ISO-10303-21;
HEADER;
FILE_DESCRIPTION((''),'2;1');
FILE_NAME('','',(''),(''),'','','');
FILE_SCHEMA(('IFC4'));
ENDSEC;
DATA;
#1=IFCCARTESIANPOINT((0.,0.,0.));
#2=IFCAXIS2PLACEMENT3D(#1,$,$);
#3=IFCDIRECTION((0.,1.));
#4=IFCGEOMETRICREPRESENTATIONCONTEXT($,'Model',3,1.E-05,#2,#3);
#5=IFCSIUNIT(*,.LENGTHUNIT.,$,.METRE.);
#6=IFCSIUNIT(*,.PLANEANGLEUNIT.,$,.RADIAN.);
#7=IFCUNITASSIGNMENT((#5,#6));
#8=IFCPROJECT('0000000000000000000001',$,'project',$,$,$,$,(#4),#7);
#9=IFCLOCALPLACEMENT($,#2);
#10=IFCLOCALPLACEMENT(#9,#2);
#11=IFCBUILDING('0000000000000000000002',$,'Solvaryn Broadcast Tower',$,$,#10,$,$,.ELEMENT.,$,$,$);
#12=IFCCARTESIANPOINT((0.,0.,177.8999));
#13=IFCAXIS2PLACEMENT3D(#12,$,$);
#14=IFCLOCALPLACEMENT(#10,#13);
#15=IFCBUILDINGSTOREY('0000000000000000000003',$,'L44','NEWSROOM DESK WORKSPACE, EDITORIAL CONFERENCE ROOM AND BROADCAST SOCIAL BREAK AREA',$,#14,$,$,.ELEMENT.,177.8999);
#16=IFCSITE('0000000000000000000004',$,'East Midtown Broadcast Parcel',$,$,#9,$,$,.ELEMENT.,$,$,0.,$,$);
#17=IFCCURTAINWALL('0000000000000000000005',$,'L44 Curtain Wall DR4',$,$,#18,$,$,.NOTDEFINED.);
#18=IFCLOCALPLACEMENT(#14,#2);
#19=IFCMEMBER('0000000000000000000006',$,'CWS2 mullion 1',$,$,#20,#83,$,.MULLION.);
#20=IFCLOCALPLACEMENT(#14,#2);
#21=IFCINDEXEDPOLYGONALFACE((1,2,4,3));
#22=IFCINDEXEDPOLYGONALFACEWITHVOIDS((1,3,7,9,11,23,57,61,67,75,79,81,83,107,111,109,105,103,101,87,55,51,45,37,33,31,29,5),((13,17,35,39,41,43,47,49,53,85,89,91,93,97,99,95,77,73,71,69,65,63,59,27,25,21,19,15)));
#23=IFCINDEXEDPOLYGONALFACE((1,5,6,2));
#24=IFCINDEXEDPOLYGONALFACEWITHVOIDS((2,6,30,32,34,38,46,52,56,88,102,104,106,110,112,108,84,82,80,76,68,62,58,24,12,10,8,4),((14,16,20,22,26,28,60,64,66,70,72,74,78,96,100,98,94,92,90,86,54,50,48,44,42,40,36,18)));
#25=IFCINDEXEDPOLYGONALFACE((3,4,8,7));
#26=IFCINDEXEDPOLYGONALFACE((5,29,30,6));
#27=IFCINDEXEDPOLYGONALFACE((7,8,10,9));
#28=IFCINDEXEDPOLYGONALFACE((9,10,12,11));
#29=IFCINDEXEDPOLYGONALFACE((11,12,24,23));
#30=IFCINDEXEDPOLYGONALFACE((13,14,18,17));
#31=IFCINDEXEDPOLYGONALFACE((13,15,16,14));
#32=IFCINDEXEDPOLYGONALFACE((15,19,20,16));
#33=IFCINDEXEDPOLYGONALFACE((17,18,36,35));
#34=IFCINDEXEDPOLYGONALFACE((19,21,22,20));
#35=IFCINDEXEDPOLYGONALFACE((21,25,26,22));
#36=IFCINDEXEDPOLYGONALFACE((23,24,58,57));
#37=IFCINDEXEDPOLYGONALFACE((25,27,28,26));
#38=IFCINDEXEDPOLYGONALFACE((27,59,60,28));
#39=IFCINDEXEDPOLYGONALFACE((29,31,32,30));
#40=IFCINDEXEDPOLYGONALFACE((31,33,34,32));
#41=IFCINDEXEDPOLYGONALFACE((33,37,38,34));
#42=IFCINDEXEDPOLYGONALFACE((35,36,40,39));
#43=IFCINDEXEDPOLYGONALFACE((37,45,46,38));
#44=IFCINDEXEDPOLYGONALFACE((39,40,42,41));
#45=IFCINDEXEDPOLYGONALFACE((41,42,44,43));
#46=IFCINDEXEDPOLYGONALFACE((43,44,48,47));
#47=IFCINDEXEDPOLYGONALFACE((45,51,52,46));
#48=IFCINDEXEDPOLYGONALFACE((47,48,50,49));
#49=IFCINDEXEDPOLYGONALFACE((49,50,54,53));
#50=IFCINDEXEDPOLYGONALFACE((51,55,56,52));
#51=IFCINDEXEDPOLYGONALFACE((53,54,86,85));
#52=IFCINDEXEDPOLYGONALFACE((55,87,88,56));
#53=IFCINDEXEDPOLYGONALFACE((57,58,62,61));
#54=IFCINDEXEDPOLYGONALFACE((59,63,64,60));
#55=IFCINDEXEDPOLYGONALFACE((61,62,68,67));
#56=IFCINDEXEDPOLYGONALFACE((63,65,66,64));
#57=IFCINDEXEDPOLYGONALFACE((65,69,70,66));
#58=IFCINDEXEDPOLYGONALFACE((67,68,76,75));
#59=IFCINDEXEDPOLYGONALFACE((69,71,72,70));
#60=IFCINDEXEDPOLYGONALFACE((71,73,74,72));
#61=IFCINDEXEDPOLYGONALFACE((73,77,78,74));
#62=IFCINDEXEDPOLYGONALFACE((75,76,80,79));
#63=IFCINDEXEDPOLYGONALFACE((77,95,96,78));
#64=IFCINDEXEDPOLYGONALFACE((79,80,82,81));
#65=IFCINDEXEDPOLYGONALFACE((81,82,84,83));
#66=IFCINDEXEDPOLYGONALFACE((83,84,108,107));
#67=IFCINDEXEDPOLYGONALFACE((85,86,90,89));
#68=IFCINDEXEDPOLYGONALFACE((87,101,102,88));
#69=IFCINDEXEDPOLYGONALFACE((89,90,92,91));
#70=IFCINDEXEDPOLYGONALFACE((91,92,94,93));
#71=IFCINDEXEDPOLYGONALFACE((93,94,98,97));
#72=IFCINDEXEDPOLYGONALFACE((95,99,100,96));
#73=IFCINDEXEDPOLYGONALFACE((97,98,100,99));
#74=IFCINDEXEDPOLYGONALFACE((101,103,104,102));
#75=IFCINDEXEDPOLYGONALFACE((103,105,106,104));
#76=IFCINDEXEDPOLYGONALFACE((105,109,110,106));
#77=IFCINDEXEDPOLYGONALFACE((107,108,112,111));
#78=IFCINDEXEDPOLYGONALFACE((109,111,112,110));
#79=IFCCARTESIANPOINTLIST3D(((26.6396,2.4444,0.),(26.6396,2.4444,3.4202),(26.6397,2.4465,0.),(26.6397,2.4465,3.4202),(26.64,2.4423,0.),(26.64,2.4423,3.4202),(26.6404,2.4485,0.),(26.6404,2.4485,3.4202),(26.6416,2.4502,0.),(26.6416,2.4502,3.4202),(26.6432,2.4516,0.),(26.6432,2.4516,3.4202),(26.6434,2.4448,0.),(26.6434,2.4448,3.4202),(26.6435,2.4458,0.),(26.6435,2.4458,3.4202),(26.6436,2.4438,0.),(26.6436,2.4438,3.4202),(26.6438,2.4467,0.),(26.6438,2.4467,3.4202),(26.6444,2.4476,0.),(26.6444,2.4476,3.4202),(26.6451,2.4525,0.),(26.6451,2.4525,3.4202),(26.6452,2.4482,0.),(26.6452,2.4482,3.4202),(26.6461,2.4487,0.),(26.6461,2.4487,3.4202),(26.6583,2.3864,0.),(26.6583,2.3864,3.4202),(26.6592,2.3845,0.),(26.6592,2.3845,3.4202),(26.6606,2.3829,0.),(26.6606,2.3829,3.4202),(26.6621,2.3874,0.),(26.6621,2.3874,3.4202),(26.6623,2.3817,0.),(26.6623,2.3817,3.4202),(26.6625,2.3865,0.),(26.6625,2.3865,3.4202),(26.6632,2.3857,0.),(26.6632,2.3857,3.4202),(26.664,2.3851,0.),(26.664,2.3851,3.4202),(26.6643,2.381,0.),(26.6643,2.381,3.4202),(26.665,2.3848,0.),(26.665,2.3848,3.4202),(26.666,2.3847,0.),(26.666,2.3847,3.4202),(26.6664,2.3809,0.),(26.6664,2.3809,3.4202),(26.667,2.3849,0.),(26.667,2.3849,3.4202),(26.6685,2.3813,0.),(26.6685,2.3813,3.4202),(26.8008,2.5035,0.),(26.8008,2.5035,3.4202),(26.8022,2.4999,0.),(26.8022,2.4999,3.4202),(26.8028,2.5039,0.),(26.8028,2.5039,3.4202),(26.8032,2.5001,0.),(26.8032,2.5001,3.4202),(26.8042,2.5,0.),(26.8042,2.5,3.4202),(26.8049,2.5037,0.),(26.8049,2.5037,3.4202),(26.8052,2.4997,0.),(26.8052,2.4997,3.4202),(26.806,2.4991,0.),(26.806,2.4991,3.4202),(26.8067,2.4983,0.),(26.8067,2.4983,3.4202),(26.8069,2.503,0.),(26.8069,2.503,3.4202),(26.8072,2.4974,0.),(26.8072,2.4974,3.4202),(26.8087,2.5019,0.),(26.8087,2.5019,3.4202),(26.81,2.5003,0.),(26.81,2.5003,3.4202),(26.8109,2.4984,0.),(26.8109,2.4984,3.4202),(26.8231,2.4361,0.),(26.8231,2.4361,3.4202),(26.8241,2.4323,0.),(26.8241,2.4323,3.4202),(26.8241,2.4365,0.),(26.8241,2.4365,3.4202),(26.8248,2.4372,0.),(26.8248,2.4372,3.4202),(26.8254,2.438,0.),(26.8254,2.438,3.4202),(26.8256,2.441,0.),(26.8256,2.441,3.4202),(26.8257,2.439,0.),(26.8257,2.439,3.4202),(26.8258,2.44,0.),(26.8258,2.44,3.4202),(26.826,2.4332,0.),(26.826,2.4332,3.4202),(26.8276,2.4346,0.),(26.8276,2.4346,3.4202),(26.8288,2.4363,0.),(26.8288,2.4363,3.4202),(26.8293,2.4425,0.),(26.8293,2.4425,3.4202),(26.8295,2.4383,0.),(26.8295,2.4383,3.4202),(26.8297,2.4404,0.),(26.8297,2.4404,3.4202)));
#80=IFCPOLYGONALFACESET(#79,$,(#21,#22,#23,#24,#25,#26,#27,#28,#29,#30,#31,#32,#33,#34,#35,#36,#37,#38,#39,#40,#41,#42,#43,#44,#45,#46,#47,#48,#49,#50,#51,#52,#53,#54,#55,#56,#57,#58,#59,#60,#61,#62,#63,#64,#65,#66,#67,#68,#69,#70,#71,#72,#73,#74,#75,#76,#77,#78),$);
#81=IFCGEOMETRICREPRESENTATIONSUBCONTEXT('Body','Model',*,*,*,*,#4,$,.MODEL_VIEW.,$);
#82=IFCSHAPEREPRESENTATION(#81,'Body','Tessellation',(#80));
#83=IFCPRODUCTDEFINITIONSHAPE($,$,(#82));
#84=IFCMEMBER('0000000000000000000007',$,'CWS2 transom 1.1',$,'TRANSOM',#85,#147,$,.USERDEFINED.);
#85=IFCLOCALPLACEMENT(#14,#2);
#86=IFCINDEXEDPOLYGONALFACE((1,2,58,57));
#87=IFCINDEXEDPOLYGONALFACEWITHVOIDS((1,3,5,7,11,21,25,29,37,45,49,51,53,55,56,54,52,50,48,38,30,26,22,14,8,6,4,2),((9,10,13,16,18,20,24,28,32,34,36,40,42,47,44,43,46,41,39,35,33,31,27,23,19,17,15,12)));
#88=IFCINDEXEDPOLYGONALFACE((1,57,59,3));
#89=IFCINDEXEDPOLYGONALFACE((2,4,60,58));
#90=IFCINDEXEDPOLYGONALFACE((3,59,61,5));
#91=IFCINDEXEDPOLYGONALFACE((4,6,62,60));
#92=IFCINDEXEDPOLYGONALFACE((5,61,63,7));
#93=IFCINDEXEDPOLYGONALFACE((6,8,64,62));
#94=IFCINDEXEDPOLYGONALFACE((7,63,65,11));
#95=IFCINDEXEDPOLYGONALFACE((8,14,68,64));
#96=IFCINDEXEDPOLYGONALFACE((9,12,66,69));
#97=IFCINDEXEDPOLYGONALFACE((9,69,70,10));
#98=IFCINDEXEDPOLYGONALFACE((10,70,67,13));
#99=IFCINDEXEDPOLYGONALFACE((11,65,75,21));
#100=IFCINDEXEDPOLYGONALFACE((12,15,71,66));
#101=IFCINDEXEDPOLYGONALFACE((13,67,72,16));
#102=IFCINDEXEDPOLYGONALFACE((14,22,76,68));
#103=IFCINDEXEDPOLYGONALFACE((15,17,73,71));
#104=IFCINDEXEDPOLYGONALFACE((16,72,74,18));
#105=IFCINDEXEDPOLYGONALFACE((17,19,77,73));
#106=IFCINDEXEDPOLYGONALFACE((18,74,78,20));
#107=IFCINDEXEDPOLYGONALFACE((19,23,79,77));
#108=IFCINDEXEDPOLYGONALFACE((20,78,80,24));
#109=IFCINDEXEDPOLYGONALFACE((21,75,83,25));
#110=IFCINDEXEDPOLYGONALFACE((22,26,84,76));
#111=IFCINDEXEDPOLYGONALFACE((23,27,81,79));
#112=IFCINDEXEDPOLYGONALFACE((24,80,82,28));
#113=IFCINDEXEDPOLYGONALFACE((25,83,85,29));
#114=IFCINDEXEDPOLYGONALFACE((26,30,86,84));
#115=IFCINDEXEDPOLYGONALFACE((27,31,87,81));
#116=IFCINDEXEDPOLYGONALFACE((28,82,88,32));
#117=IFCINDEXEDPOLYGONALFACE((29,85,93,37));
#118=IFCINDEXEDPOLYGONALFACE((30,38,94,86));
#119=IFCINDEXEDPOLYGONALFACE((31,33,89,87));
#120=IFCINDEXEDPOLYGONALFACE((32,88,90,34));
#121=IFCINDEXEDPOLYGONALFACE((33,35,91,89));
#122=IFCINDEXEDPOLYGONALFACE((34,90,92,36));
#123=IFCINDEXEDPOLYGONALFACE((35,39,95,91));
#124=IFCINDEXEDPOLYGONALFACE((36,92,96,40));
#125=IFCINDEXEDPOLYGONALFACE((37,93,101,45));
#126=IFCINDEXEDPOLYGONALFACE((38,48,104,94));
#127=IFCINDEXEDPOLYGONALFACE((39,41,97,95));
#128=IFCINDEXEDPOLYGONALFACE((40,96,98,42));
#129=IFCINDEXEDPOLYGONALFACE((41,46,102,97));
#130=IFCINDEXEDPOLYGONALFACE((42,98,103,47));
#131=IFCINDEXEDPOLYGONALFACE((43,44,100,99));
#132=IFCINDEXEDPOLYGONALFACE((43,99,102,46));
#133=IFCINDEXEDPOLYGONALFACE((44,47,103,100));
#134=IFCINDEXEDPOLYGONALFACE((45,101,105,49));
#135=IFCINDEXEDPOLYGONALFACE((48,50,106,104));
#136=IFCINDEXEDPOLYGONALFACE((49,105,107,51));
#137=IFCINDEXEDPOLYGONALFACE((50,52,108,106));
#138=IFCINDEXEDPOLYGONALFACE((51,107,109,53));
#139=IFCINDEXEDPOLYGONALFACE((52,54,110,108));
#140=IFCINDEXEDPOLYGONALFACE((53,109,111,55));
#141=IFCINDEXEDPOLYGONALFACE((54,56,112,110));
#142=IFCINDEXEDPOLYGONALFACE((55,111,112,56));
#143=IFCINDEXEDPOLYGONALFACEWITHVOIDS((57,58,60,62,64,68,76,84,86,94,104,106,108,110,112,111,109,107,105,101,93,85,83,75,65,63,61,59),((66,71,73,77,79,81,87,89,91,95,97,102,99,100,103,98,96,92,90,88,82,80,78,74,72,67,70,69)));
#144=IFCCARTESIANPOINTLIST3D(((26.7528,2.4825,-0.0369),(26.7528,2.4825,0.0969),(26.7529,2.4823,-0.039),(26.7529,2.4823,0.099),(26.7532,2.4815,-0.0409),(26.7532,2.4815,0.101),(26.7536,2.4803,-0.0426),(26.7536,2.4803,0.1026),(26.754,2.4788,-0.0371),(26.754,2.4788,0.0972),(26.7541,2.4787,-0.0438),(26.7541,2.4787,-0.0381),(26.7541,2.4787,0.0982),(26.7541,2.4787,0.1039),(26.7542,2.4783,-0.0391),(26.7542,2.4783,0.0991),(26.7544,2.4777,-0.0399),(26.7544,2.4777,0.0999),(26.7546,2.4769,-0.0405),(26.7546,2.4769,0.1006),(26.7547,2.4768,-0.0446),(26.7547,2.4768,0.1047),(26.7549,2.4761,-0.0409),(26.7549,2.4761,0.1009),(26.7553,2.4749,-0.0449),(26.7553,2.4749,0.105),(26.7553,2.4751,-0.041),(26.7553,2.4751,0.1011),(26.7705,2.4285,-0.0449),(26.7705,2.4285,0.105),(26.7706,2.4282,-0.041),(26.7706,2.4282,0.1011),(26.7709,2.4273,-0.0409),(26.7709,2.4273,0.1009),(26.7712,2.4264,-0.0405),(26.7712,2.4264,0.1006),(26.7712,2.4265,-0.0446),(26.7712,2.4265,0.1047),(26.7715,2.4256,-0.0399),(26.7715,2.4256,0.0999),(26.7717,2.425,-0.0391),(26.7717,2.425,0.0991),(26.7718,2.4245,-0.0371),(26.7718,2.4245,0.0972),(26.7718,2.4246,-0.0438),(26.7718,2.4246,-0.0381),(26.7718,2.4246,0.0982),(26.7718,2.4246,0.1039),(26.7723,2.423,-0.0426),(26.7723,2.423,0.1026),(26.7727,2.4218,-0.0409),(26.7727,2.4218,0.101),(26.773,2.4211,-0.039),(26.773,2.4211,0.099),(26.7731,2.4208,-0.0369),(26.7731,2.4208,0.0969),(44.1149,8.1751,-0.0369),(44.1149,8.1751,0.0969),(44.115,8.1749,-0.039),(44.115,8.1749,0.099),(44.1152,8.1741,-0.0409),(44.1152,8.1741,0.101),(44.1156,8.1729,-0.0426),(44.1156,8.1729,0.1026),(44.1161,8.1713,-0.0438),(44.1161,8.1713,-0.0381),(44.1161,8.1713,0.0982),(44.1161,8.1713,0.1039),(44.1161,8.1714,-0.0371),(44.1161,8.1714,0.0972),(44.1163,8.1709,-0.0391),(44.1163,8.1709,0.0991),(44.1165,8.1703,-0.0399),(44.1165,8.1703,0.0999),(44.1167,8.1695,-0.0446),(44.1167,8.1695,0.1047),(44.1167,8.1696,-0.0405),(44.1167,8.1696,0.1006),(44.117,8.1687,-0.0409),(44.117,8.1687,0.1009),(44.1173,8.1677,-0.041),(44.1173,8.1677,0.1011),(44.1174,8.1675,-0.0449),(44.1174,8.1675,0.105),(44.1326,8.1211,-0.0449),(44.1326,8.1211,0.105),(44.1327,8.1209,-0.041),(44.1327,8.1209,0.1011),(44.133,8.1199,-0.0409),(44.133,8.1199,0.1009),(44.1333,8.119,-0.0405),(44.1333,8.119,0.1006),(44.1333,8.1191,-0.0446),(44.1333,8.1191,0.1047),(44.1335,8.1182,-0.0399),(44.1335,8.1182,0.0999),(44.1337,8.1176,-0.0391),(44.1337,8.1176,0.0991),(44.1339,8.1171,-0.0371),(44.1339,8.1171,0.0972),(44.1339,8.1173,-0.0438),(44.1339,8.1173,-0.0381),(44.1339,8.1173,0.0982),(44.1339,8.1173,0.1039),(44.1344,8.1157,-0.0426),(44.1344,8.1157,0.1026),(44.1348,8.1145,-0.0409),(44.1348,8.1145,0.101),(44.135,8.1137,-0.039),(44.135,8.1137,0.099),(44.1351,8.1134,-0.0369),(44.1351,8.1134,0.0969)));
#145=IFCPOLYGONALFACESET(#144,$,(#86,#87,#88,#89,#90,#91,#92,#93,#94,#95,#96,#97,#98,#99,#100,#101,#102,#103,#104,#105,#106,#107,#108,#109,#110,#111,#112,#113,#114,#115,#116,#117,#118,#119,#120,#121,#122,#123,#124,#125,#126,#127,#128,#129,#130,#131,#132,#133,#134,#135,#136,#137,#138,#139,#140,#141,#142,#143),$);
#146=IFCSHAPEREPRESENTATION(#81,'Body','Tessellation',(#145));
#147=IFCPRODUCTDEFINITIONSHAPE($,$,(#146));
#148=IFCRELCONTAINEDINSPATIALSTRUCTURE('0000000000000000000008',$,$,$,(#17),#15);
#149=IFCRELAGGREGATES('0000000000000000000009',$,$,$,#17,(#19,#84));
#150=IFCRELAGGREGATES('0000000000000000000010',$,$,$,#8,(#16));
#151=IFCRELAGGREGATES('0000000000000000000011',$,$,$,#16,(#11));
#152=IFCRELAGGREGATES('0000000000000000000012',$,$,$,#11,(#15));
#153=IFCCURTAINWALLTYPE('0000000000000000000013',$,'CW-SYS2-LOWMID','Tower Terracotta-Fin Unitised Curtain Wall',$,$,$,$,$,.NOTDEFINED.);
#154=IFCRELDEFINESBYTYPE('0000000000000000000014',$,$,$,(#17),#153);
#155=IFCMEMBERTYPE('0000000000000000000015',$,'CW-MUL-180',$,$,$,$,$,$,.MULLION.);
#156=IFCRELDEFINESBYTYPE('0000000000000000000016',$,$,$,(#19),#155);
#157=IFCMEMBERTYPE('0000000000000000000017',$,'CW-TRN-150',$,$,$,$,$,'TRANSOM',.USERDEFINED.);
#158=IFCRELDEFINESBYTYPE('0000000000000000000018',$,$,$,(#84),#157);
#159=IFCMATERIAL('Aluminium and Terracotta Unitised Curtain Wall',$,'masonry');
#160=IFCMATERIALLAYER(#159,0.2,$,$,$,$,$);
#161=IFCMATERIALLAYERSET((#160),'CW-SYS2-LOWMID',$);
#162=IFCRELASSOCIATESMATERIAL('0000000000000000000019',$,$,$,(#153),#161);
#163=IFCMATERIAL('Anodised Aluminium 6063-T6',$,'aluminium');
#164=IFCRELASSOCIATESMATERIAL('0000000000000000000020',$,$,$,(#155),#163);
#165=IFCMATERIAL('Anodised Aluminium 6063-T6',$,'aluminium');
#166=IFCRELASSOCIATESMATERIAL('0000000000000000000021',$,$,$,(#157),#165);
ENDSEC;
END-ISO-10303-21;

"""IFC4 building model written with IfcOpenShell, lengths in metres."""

from ifc_helpers import new_model, si_unit, direction, frame, origin, origin_2d, place, context, subcontext, project, spatial, hollow_rectangle, extrude, material, layer, layer_set, material_profile, profile_set, type_object, element, aggregate, save


model = new_model("IFC4")

# Units and contexts
model_context = context("Model", 3, precision=1e-05, world=origin(), true_north=direction((0.0, 1.0)))
body_context = subcontext(model_context, "Body", "Model", "MODEL_VIEW")
ifc_project = project(units=[si_unit("LENGTHUNIT", "METRE"), si_unit("PLANEANGLEUNIT", "RADIAN")], contexts=[model_context])

# Site, building, storey
site_placement = place(None, origin())
site = spatial("IfcSite", under=ifc_project, at=site_placement, Name="East Midtown Broadcast Parcel", CompositionType="ELEMENT", RefElevation=0.0)
building_placement = place(site_placement, origin())
building = spatial("IfcBuilding", under=site, at=building_placement, Name="Solvaryn Broadcast Tower", CompositionType="ELEMENT")
storey_placement = place(building_placement, frame((0.0, 0.0, 177.8999)))
storey = spatial("IfcBuildingStorey", under=building, at=storey_placement, Name="L44", Description="NEWSROOM DESK WORKSPACE, EDITORIAL CONFERENCE ROOM AND BROADCAST SOCIAL BREAK AREA", CompositionType="ELEMENT", Elevation=177.8999)

# Shared definitions
ifc_material_1 = material(Name="Aluminium and Terracotta Unitised Curtain Wall", Category="masonry")
ifc_layer_1 = layer(ifc_material_1, 0.2)
ifc_layer_set_1 = layer_set([ifc_layer_1], Name="CW-SYS2-LOWMID")
curtain_wall_type = type_object("IfcCurtainWallType", Name="CW-SYS2-LOWMID", Description="Tower Terracotta-Fin Unitised Curtain Wall", PredefinedType="NOTDEFINED", material=ifc_layer_set_1)
ifc_material_2 = material(Name="Anodised Aluminium 6063-T6", Category="aluminium")
ifc_material_profile_1 = material_profile(ifc_material_2, hollow_rectangle(XDim=0.075, YDim=0.1799, WallThickness=0.0039, InnerFilletRadius=0.0039, OuterFilletRadius=0.0081, at=origin_2d()))
ifc_profile_set_1 = profile_set([ifc_material_profile_1], Name="Anodised Aluminium 6063-T6")
member_type_1 = type_object("IfcMemberType", Name="CW-MUL-180", PredefinedType="MULLION", material=ifc_profile_set_1)

# Curtain wall, members
curtain_wall_1_placement = place(storey_placement, origin())
curtain_wall_1 = element("IfcCurtainWall", 1, at=curtain_wall_1_placement, inside=storey, type_object=curtain_wall_type, Name="L44 Curtain Wall DR4", PredefinedType="NOTDEFINED")
member_1_placement = place(storey_placement, frame((26.7346, 2.4424, 0.0), z_axis=(0.0, 0.0, 1.0), x_axis=(-0.311559, 0.950227, 0.0)))
member_1 = element("IfcMember", 2, at=member_1_placement, type_object=member_type_1, Name="CWS2 mullion 1", PredefinedType="MULLION", context=body_context, shape_type="SweptSolid", body=[
    extrude(hollow_rectangle(XDim=0.075, YDim=0.1799, WallThickness=0.0039, InnerFilletRadius=0.0039, OuterFilletRadius=0.0081, at=origin_2d()), origin(), (0.0, 0.0, 1.0), 3.4202),
])
ifc_material_3 = material(Name="Anodised Aluminium 6063-T6", Category="aluminium")
ifc_material_profile_2 = material_profile(ifc_material_3, hollow_rectangle(XDim=0.0649, YDim=0.1499, WallThickness=0.0039, InnerFilletRadius=0.0039, OuterFilletRadius=0.0081, at=origin_2d()))
ifc_profile_set_2 = profile_set([ifc_material_profile_2], Name="Anodised Aluminium 6063-T6")
member_type_2 = type_object("IfcMemberType", Name="CW-TRN-150", ElementType="TRANSOM", PredefinedType="USERDEFINED", material=ifc_profile_set_2)
member_2_placement = place(storey_placement, frame((26.7629, 2.4517, 0.03), z_axis=(0.950227, 0.311558, 0.0), x_axis=(-0.311558, 0.950227, 0.0)))
member_2 = element("IfcMember", 3, at=member_2_placement, type_object=member_type_2, Name="CWS2 transom 1.1", ObjectType="TRANSOM", PredefinedType="USERDEFINED", context=body_context, shape_type="SweptSolid", body=[
    extrude(hollow_rectangle(XDim=0.0649, YDim=0.1499, WallThickness=0.0039, InnerFilletRadius=0.0039, OuterFilletRadius=0.0081, at=origin_2d()), origin(), (0.0, 0.0, 1.0), 18.2715),
])
aggregate(curtain_wall_1, [member_1, member_2])

save(model, "model.ifc")
